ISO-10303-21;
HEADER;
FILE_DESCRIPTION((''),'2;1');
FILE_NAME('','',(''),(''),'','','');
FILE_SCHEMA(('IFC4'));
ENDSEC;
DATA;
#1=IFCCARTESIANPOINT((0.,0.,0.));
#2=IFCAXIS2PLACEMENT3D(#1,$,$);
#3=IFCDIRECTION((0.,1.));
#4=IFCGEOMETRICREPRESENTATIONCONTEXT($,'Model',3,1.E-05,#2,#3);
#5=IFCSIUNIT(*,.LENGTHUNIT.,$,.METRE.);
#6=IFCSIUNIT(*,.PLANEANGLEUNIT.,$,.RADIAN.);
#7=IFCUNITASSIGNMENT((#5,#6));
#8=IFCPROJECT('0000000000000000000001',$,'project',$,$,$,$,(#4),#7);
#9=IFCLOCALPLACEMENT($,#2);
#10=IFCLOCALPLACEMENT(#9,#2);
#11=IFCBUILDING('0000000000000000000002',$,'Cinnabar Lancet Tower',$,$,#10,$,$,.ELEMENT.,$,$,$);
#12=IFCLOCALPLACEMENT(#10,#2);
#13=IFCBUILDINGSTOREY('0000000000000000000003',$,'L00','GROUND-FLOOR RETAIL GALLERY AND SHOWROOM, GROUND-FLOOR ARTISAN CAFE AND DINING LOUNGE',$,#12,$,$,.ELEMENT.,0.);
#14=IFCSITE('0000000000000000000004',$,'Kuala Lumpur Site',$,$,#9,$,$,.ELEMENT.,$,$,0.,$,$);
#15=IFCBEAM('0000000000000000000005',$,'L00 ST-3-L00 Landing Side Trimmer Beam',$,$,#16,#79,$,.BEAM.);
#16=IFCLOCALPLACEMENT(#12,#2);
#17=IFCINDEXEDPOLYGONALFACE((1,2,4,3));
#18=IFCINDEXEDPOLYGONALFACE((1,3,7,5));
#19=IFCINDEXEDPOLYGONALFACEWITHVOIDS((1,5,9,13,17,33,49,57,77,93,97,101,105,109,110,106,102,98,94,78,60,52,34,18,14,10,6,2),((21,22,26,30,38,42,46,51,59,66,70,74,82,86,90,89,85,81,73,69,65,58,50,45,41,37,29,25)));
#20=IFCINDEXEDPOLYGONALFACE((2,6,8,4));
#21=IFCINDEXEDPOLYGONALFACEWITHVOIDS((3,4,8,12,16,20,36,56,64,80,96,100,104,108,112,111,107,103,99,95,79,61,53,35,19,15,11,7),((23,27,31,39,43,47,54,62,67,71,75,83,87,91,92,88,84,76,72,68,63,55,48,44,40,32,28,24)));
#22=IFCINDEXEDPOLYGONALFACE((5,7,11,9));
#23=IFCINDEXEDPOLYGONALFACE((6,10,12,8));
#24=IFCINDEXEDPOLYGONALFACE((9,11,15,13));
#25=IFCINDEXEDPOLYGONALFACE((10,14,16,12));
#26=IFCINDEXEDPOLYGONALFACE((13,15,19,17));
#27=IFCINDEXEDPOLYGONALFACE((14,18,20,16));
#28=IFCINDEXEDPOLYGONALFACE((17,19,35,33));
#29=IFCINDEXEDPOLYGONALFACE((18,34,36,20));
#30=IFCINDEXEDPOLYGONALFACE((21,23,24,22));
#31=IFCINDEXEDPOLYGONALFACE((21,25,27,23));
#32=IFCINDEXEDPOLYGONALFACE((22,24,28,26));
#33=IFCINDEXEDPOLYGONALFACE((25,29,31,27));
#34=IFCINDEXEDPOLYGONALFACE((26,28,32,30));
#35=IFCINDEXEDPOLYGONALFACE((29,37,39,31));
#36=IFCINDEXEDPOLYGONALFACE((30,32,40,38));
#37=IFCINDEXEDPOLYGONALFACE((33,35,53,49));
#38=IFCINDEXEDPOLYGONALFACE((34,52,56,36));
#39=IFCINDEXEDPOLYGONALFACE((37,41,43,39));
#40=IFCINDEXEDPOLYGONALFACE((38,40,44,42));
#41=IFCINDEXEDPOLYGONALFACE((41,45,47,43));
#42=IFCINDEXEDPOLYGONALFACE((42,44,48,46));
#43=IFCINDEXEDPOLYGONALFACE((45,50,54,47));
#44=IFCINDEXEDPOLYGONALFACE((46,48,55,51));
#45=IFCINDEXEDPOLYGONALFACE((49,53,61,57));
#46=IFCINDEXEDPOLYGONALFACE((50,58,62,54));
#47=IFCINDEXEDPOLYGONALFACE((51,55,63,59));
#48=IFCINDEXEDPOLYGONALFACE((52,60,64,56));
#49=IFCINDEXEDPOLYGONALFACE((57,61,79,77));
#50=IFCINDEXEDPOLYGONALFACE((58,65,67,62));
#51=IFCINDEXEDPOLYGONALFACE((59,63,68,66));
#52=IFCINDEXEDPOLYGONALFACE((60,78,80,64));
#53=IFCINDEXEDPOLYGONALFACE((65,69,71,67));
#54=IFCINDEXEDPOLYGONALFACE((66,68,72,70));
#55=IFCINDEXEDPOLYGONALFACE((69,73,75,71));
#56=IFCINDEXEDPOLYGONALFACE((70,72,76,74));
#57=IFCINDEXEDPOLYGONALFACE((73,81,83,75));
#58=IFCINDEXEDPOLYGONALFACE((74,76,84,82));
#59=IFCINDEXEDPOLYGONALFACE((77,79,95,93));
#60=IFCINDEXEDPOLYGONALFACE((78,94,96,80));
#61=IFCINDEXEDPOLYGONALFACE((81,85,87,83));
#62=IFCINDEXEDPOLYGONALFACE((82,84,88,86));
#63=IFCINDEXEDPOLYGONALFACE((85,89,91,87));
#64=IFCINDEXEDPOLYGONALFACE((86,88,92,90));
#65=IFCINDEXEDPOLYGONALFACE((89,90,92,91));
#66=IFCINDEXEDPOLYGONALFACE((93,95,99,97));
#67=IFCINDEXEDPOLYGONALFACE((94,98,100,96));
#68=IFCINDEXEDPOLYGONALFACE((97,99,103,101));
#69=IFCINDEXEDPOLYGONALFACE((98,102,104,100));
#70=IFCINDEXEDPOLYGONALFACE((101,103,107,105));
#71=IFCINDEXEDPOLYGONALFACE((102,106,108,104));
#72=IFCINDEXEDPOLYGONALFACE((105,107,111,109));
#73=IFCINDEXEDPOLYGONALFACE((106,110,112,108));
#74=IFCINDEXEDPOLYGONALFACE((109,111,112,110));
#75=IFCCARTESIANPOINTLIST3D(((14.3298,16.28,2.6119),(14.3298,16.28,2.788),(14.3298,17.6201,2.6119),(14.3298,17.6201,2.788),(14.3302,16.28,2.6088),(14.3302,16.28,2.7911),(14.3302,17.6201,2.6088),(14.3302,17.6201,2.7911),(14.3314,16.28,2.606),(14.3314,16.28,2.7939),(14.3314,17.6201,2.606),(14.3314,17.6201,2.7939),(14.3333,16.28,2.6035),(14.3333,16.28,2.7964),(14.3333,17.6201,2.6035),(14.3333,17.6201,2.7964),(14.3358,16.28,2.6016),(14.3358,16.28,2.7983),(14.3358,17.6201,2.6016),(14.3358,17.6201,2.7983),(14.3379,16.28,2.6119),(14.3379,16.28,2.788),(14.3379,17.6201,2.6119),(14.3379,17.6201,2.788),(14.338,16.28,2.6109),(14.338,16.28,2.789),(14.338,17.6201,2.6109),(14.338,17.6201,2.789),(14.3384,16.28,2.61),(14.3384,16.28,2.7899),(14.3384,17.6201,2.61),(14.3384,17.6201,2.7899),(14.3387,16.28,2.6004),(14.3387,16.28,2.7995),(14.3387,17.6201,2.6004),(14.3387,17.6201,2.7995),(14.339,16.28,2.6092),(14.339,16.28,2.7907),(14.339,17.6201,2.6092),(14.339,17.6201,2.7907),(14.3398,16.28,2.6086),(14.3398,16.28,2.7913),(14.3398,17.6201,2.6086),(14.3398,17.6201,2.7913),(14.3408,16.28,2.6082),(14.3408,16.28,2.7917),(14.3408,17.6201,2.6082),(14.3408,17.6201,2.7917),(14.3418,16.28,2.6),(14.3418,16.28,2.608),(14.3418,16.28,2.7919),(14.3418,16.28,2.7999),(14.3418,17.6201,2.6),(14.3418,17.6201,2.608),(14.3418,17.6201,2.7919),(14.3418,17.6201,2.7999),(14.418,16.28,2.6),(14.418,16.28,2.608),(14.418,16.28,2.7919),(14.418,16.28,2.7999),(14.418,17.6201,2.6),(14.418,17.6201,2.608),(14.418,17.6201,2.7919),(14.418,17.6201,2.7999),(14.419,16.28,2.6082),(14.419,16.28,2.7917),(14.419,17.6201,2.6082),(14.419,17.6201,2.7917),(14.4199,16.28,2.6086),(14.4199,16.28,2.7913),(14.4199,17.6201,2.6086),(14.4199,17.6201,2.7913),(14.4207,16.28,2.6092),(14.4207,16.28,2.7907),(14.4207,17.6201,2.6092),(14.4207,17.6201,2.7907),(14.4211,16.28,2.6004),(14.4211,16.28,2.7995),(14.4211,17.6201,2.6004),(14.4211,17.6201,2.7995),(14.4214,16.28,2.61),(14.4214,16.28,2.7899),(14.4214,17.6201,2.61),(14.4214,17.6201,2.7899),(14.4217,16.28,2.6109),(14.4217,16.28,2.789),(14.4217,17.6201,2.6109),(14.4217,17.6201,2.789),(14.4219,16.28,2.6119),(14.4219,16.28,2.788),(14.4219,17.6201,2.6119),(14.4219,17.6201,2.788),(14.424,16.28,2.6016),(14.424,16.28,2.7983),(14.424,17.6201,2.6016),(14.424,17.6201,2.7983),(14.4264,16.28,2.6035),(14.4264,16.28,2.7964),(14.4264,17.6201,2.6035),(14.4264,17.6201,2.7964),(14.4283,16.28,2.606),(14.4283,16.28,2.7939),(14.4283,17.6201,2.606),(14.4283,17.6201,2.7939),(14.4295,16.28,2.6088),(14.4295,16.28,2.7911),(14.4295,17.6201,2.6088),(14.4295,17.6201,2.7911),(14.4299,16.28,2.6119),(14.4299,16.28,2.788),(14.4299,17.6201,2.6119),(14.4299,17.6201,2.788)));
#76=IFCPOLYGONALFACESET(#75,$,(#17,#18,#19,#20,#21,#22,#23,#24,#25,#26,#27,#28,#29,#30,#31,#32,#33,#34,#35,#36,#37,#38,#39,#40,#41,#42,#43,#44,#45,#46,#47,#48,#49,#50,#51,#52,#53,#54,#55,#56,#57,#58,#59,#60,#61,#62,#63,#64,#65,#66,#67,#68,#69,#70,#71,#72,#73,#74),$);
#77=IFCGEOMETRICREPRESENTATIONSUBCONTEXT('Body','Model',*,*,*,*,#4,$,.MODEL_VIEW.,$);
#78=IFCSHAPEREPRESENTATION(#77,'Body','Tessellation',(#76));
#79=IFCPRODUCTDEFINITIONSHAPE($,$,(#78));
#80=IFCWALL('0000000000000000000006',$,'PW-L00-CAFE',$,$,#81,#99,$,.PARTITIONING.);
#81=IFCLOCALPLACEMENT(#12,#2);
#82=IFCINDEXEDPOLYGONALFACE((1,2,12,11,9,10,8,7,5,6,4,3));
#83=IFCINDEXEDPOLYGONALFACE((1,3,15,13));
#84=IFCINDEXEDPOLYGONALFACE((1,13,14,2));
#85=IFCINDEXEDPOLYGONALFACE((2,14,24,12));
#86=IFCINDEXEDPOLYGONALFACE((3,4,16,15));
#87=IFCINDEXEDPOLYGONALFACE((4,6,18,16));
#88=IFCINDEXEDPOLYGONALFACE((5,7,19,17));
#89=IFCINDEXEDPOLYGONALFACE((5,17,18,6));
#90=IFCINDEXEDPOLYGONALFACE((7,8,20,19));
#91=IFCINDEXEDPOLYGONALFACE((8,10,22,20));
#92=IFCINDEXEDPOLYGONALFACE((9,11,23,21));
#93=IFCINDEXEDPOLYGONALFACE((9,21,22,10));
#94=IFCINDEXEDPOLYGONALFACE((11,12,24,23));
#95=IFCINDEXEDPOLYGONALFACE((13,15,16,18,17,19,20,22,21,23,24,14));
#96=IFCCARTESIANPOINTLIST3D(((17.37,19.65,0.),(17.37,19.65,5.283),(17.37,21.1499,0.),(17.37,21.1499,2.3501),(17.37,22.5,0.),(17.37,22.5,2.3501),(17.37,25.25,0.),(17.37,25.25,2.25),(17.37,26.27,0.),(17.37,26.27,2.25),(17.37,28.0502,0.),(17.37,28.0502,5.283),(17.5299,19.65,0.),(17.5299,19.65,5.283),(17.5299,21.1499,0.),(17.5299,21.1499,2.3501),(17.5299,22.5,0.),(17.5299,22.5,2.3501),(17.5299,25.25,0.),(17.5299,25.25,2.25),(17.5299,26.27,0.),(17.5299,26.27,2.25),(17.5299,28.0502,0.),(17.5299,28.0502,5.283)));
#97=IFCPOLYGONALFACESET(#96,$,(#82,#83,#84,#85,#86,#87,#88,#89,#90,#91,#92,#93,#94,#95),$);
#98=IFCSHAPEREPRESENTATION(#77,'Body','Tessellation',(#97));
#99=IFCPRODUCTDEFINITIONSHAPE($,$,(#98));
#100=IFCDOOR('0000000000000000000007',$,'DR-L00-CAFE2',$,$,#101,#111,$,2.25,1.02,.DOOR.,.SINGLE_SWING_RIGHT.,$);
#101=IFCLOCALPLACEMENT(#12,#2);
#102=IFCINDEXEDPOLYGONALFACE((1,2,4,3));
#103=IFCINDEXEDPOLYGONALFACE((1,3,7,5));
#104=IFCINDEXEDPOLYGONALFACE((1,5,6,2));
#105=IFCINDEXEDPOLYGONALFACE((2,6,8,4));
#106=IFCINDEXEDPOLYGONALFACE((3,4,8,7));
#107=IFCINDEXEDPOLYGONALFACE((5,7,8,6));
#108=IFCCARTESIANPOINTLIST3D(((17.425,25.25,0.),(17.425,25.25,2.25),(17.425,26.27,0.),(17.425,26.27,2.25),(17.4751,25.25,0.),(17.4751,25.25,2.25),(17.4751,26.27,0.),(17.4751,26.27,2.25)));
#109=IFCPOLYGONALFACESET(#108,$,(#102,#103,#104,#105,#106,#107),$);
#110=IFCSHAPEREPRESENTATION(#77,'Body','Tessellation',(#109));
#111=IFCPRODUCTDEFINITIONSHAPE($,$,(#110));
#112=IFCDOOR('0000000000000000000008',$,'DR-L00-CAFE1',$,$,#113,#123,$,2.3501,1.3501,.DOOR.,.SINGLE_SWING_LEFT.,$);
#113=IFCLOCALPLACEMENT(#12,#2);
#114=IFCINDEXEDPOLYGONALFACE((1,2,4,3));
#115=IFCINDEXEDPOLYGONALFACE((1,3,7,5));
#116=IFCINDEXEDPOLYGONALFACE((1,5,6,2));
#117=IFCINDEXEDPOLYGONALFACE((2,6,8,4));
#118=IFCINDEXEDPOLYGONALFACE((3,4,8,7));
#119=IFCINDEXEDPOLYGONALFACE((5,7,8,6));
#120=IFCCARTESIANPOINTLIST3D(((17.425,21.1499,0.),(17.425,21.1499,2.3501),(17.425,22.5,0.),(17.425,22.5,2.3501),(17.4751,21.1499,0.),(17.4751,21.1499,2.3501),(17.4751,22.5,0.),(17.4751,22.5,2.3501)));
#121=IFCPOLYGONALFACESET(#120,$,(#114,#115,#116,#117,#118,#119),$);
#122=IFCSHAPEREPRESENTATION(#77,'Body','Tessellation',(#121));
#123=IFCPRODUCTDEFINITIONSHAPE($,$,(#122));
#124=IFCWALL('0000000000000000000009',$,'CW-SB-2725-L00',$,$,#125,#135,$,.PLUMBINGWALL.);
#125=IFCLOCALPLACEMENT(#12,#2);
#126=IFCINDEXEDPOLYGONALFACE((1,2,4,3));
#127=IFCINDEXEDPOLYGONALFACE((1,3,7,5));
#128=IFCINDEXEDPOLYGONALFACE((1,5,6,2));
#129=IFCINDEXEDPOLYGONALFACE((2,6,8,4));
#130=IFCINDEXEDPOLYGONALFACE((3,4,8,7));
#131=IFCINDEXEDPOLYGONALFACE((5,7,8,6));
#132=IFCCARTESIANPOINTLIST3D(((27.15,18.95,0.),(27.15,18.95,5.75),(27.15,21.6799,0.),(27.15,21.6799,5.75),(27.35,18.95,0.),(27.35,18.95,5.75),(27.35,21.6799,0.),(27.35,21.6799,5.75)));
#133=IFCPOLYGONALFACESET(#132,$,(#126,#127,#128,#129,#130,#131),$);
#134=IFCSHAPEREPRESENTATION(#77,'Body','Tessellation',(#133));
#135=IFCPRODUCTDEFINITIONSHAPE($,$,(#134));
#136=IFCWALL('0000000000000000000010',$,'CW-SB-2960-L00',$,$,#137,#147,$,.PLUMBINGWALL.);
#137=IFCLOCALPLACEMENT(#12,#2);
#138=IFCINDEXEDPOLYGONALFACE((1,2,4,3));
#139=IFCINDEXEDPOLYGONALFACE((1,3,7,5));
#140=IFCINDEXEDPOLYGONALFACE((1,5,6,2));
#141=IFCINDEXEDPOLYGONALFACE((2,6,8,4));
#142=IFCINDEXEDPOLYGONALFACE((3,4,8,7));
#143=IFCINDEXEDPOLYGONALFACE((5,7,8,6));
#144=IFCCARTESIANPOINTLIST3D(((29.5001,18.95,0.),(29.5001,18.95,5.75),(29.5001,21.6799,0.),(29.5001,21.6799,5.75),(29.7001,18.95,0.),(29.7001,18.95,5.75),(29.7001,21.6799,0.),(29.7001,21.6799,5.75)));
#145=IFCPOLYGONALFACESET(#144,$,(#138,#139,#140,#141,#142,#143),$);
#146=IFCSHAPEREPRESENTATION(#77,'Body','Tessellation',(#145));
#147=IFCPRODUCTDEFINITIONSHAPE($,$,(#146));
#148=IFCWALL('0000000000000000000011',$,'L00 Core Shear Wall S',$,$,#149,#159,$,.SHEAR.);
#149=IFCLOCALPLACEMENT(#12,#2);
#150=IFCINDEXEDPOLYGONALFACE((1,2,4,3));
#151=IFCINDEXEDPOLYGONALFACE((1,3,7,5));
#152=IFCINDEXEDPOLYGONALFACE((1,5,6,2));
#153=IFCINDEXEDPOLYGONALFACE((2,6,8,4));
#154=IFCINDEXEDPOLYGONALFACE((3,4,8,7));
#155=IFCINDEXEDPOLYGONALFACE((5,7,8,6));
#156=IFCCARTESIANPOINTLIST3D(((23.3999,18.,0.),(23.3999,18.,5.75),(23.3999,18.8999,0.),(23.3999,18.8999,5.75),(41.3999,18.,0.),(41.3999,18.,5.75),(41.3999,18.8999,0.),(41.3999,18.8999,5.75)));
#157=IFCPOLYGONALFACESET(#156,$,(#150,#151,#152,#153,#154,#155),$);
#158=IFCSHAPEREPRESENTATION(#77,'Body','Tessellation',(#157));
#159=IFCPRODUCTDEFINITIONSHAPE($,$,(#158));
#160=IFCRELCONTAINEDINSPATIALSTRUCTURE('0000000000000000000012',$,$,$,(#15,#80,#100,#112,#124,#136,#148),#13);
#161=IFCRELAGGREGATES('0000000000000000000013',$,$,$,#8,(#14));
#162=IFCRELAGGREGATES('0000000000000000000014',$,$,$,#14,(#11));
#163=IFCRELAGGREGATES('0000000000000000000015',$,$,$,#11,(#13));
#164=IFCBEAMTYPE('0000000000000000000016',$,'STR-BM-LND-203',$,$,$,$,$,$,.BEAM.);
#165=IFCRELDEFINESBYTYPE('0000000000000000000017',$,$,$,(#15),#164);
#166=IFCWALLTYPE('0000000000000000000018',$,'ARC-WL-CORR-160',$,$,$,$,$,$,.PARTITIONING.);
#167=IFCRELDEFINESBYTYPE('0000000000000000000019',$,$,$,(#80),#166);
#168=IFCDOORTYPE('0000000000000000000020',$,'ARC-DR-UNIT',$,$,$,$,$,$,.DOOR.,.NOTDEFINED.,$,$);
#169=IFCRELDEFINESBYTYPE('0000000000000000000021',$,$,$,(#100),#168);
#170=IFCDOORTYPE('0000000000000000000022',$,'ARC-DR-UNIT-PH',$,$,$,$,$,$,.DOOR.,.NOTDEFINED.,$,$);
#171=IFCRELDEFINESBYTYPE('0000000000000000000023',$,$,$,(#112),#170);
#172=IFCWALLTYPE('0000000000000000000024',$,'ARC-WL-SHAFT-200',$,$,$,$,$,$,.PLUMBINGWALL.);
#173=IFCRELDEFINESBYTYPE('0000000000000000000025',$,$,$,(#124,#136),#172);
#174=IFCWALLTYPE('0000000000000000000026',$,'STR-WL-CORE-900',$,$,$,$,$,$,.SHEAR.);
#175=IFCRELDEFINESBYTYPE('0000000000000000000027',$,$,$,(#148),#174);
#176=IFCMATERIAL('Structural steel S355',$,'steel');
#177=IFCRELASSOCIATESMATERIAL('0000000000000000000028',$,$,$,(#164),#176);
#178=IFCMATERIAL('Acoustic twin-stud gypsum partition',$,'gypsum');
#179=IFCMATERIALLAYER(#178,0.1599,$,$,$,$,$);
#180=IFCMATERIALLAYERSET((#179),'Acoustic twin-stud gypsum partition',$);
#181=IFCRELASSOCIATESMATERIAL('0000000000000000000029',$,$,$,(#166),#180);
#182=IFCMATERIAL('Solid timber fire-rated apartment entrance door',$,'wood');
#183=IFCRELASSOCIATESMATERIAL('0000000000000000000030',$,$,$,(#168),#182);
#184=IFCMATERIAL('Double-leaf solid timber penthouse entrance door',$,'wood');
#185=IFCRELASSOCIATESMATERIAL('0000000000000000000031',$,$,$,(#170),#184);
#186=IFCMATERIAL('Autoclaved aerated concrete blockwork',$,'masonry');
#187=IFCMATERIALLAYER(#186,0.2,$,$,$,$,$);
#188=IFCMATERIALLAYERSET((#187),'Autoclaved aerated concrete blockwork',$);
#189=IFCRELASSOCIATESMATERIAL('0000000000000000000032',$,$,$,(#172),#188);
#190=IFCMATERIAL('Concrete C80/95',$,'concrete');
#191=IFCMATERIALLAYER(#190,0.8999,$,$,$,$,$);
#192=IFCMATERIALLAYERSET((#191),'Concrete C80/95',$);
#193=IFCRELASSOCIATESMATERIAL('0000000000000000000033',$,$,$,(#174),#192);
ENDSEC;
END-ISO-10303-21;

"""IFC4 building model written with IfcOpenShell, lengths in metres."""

from ifc_helpers import new_model, si_unit, direction, frame, frame_2d, origin, origin_2d, place, context, subcontext, project, spatial, rectangle, hollow_rectangle, extrude, material, layer, layer_set, material_profile, profile_set, type_object, element, fill, save


model = new_model("IFC4")

# Units and contexts
model_context = context("Model", 3, precision=1e-05, world=origin(), true_north=direction((0.0, 1.0)))
body_context = subcontext(model_context, "Body", "Model", "MODEL_VIEW")
ifc_project = project(units=[si_unit("LENGTHUNIT", "METRE"), si_unit("PLANEANGLEUNIT", "RADIAN")], contexts=[model_context])

# Site, building, storey
site_placement = place(None, origin())
site = spatial("IfcSite", under=ifc_project, at=site_placement, Name="Kuala Lumpur Site", CompositionType="ELEMENT", RefElevation=0.0)
building_placement = place(site_placement, origin())
building = spatial("IfcBuilding", under=site, at=building_placement, Name="Cinnabar Lancet Tower", CompositionType="ELEMENT")
storey_placement = place(building_placement, origin())
storey = spatial("IfcBuildingStorey", under=building, at=storey_placement, Name="L00", Description="GROUND-FLOOR RETAIL GALLERY AND SHOWROOM, GROUND-FLOOR ARTISAN CAFE AND DINING LOUNGE", CompositionType="ELEMENT", Elevation=0.0)

# Beam
ifc_material_1 = material(Name="Structural steel S355", Category="steel")
ifc_material_profile_1 = material_profile(ifc_material_1, hollow_rectangle(XDim=0.1001, YDim=0.2, WallThickness=0.0081, InnerFilletRadius=0.0039, OuterFilletRadius=0.012, at=origin_2d()), Name="RHS 200x100x8")
ifc_profile_set_1 = profile_set([ifc_material_profile_1], Name="Structural steel S355")
beam_type = type_object("IfcBeamType", Name="STR-BM-LND-203", PredefinedType="BEAM", material=ifc_profile_set_1)
beam_placement = place(storey_placement, frame((14.3799, 16.28, 2.7), z_axis=(0.0, 1.0, 0.0), x_axis=(-1.0, 0.0, 0.0)))
element("IfcBeam", 1, at=beam_placement, inside=storey, type_object=beam_type, Name="L00 ST-3-L00 Landing Side Trimmer Beam", PredefinedType="BEAM", context=body_context, shape_type="SweptSolid", body=[
    extrude(hollow_rectangle(XDim=0.1001, YDim=0.2, WallThickness=0.0081, InnerFilletRadius=0.0039, OuterFilletRadius=0.012, at=origin_2d()), origin(), (0.0, 0.0, 1.0), 1.3401),
])

# Wall, openings, doors
ifc_material_2 = material(Name="Acoustic twin-stud gypsum partition", Category="gypsum")
ifc_layer_1 = layer(ifc_material_2, 0.1599)
ifc_layer_set_1 = layer_set([ifc_layer_1], Name="Acoustic twin-stud gypsum partition")
wall_type_1 = type_object("IfcWallType", Name="ARC-WL-CORR-160", PredefinedType="PARTITIONING", material=ifc_layer_set_1)
wall_1_placement = place(storey_placement, frame((17.45, 19.6499, 0.0), z_axis=(0.0, 0.0, 1.0), x_axis=(0.0, 1.0, 0.0)))
wall_1 = element("IfcWall", 2, at=wall_1_placement, inside=storey, type_object=wall_type_1, Name="PW-L00-CAFE", PredefinedType="PARTITIONING", context=body_context, shape_type="SweptSolid", body=[
    extrude(rectangle(XDim=8.4001, YDim=0.1599, at=frame_2d((4.2002, 0.0))), origin(), (0.0, 0.0, 1.0), 5.283),
])
opening_1_placement = place(wall_1_placement, frame((1.5, 0.0, 0.0)))
opening_1 = element("IfcOpeningElement", 3, at=opening_1_placement, cuts=wall_1, PredefinedType="OPENING", context=body_context, shape_type="SweptSolid", body=[
    extrude(rectangle(XDim=1.3501, YDim=2.3501, at=frame_2d((0.675, 1.175))), frame((0.0, 0.0898, 0.0), z_axis=(0.0, -1.0, 0.0), x_axis=(1.0, 0.0, 0.0)), (0.0, 0.0, 1.0), 0.1799),
])
opening_2_placement = place(wall_1_placement, frame((5.6001, 0.0, 0.0)))
opening_2 = element("IfcOpeningElement", 4, at=opening_2_placement, cuts=wall_1, PredefinedType="OPENING", context=body_context, shape_type="SweptSolid", body=[
    extrude(rectangle(XDim=1.02, YDim=2.25, at=frame_2d((0.51, 1.125))), frame((0.0, 0.0898, 0.0), z_axis=(0.0, -1.0, 0.0), x_axis=(1.0, 0.0, 0.0)), (0.0, 0.0, 1.0), 0.1799),
])
ifc_material_3 = material(Name="Solid timber fire-rated apartment entrance door", Category="wood")
door_type_1 = type_object("IfcDoorType", Name="ARC-DR-UNIT", OperationType="NOTDEFINED", PredefinedType="DOOR", material=ifc_material_3)
door_1_placement = place(opening_2_placement, origin())
door_1 = element("IfcDoor", 5, at=door_1_placement, inside=storey, type_object=door_type_1, Name="DR-L00-CAFE2", OperationType="SINGLE_SWING_RIGHT", OverallHeight=2.25, OverallWidth=1.02, PredefinedType="DOOR", context=body_context, shape_type="SweptSolid", body=[
    extrude(rectangle(XDim=1.02, YDim=2.25, at=frame_2d((0.51, 1.125))), frame((0.0, 0.0249, 0.0), z_axis=(0.0, -1.0, 0.0), x_axis=(1.0, 0.0, 0.0)), (0.0, 0.0, 1.0), 0.05),
])
fill(opening_2, door_1)
ifc_material_4 = material(Name="Double-leaf solid timber penthouse entrance door", Category="wood")
door_type_2 = type_object("IfcDoorType", Name="ARC-DR-UNIT-PH", OperationType="NOTDEFINED", PredefinedType="DOOR", material=ifc_material_4)
door_2_placement = place(opening_1_placement, origin())
door_2 = element("IfcDoor", 6, at=door_2_placement, inside=storey, type_object=door_type_2, Name="DR-L00-CAFE1", OperationType="SINGLE_SWING_LEFT", OverallHeight=2.3501, OverallWidth=1.3501, PredefinedType="DOOR", context=body_context, shape_type="SweptSolid", body=[
    extrude(rectangle(XDim=1.3501, YDim=2.3501, at=frame_2d((0.675, 1.175))), frame((0.0, 0.0249, 0.0), z_axis=(0.0, -1.0, 0.0), x_axis=(1.0, 0.0, 0.0)), (0.0, 0.0, 1.0), 0.05),
])
fill(opening_1, door_2)

# Walls
ifc_material_5 = material(Name="Autoclaved aerated concrete blockwork", Category="masonry")
ifc_layer_2 = layer(ifc_material_5, 0.2)
ifc_layer_set_2 = layer_set([ifc_layer_2], Name="Autoclaved aerated concrete blockwork")
wall_type_2 = type_object("IfcWallType", Name="ARC-WL-SHAFT-200", PredefinedType="PLUMBINGWALL", material=ifc_layer_set_2)
for number, where, z_axis, x_axis, name in (
    (7, (27.25, 18.95, 0.0), (0.0, 0.0, 1.0), (0.0, 1.0, 0.0), "CW-SB-2725-L00"),
    (8, (29.6001, 18.95, 0.0), (0.0, 0.0, 1.0), (0.0, 1.0, 0.0), "CW-SB-2960-L00"),
):
    element("IfcWall", number, at=place(storey_placement, frame(where, z_axis=z_axis, x_axis=x_axis)), inside=storey, type_object=wall_type_2, Name=name, PredefinedType="PLUMBINGWALL", context=body_context, shape_type="SweptSolid", body=[
        extrude(rectangle(XDim=2.73, YDim=0.2, at=frame_2d((1.365, 0.0))), origin(), (0.0, 0.0, 1.0), 5.75),
    ])

# Wall
ifc_material_6 = material(Name="Concrete C80/95", Category="concrete")
ifc_layer_3 = layer(ifc_material_6, 0.8999)
ifc_layer_set_3 = layer_set([ifc_layer_3], Name="Concrete C80/95")
wall_type_3 = type_object("IfcWallType", Name="STR-WL-CORE-900", PredefinedType="SHEAR", material=ifc_layer_set_3)
wall_2_placement = place(storey_placement, frame((23.3999, 18.45, 0.0), z_axis=(0.0, 0.0, 1.0), x_axis=(1.0, 0.0, 0.0)))
element("IfcWall", 9, at=wall_2_placement, inside=storey, type_object=wall_type_3, Name="L00 Core Shear Wall S", PredefinedType="SHEAR", context=body_context, shape_type="SweptSolid", body=[
    extrude(rectangle(XDim=18.0, YDim=0.8999, at=frame_2d((9.0, 0.0))), origin(), (0.0, 0.0, 1.0), 5.75),
])

save(model, "model.ifc")
